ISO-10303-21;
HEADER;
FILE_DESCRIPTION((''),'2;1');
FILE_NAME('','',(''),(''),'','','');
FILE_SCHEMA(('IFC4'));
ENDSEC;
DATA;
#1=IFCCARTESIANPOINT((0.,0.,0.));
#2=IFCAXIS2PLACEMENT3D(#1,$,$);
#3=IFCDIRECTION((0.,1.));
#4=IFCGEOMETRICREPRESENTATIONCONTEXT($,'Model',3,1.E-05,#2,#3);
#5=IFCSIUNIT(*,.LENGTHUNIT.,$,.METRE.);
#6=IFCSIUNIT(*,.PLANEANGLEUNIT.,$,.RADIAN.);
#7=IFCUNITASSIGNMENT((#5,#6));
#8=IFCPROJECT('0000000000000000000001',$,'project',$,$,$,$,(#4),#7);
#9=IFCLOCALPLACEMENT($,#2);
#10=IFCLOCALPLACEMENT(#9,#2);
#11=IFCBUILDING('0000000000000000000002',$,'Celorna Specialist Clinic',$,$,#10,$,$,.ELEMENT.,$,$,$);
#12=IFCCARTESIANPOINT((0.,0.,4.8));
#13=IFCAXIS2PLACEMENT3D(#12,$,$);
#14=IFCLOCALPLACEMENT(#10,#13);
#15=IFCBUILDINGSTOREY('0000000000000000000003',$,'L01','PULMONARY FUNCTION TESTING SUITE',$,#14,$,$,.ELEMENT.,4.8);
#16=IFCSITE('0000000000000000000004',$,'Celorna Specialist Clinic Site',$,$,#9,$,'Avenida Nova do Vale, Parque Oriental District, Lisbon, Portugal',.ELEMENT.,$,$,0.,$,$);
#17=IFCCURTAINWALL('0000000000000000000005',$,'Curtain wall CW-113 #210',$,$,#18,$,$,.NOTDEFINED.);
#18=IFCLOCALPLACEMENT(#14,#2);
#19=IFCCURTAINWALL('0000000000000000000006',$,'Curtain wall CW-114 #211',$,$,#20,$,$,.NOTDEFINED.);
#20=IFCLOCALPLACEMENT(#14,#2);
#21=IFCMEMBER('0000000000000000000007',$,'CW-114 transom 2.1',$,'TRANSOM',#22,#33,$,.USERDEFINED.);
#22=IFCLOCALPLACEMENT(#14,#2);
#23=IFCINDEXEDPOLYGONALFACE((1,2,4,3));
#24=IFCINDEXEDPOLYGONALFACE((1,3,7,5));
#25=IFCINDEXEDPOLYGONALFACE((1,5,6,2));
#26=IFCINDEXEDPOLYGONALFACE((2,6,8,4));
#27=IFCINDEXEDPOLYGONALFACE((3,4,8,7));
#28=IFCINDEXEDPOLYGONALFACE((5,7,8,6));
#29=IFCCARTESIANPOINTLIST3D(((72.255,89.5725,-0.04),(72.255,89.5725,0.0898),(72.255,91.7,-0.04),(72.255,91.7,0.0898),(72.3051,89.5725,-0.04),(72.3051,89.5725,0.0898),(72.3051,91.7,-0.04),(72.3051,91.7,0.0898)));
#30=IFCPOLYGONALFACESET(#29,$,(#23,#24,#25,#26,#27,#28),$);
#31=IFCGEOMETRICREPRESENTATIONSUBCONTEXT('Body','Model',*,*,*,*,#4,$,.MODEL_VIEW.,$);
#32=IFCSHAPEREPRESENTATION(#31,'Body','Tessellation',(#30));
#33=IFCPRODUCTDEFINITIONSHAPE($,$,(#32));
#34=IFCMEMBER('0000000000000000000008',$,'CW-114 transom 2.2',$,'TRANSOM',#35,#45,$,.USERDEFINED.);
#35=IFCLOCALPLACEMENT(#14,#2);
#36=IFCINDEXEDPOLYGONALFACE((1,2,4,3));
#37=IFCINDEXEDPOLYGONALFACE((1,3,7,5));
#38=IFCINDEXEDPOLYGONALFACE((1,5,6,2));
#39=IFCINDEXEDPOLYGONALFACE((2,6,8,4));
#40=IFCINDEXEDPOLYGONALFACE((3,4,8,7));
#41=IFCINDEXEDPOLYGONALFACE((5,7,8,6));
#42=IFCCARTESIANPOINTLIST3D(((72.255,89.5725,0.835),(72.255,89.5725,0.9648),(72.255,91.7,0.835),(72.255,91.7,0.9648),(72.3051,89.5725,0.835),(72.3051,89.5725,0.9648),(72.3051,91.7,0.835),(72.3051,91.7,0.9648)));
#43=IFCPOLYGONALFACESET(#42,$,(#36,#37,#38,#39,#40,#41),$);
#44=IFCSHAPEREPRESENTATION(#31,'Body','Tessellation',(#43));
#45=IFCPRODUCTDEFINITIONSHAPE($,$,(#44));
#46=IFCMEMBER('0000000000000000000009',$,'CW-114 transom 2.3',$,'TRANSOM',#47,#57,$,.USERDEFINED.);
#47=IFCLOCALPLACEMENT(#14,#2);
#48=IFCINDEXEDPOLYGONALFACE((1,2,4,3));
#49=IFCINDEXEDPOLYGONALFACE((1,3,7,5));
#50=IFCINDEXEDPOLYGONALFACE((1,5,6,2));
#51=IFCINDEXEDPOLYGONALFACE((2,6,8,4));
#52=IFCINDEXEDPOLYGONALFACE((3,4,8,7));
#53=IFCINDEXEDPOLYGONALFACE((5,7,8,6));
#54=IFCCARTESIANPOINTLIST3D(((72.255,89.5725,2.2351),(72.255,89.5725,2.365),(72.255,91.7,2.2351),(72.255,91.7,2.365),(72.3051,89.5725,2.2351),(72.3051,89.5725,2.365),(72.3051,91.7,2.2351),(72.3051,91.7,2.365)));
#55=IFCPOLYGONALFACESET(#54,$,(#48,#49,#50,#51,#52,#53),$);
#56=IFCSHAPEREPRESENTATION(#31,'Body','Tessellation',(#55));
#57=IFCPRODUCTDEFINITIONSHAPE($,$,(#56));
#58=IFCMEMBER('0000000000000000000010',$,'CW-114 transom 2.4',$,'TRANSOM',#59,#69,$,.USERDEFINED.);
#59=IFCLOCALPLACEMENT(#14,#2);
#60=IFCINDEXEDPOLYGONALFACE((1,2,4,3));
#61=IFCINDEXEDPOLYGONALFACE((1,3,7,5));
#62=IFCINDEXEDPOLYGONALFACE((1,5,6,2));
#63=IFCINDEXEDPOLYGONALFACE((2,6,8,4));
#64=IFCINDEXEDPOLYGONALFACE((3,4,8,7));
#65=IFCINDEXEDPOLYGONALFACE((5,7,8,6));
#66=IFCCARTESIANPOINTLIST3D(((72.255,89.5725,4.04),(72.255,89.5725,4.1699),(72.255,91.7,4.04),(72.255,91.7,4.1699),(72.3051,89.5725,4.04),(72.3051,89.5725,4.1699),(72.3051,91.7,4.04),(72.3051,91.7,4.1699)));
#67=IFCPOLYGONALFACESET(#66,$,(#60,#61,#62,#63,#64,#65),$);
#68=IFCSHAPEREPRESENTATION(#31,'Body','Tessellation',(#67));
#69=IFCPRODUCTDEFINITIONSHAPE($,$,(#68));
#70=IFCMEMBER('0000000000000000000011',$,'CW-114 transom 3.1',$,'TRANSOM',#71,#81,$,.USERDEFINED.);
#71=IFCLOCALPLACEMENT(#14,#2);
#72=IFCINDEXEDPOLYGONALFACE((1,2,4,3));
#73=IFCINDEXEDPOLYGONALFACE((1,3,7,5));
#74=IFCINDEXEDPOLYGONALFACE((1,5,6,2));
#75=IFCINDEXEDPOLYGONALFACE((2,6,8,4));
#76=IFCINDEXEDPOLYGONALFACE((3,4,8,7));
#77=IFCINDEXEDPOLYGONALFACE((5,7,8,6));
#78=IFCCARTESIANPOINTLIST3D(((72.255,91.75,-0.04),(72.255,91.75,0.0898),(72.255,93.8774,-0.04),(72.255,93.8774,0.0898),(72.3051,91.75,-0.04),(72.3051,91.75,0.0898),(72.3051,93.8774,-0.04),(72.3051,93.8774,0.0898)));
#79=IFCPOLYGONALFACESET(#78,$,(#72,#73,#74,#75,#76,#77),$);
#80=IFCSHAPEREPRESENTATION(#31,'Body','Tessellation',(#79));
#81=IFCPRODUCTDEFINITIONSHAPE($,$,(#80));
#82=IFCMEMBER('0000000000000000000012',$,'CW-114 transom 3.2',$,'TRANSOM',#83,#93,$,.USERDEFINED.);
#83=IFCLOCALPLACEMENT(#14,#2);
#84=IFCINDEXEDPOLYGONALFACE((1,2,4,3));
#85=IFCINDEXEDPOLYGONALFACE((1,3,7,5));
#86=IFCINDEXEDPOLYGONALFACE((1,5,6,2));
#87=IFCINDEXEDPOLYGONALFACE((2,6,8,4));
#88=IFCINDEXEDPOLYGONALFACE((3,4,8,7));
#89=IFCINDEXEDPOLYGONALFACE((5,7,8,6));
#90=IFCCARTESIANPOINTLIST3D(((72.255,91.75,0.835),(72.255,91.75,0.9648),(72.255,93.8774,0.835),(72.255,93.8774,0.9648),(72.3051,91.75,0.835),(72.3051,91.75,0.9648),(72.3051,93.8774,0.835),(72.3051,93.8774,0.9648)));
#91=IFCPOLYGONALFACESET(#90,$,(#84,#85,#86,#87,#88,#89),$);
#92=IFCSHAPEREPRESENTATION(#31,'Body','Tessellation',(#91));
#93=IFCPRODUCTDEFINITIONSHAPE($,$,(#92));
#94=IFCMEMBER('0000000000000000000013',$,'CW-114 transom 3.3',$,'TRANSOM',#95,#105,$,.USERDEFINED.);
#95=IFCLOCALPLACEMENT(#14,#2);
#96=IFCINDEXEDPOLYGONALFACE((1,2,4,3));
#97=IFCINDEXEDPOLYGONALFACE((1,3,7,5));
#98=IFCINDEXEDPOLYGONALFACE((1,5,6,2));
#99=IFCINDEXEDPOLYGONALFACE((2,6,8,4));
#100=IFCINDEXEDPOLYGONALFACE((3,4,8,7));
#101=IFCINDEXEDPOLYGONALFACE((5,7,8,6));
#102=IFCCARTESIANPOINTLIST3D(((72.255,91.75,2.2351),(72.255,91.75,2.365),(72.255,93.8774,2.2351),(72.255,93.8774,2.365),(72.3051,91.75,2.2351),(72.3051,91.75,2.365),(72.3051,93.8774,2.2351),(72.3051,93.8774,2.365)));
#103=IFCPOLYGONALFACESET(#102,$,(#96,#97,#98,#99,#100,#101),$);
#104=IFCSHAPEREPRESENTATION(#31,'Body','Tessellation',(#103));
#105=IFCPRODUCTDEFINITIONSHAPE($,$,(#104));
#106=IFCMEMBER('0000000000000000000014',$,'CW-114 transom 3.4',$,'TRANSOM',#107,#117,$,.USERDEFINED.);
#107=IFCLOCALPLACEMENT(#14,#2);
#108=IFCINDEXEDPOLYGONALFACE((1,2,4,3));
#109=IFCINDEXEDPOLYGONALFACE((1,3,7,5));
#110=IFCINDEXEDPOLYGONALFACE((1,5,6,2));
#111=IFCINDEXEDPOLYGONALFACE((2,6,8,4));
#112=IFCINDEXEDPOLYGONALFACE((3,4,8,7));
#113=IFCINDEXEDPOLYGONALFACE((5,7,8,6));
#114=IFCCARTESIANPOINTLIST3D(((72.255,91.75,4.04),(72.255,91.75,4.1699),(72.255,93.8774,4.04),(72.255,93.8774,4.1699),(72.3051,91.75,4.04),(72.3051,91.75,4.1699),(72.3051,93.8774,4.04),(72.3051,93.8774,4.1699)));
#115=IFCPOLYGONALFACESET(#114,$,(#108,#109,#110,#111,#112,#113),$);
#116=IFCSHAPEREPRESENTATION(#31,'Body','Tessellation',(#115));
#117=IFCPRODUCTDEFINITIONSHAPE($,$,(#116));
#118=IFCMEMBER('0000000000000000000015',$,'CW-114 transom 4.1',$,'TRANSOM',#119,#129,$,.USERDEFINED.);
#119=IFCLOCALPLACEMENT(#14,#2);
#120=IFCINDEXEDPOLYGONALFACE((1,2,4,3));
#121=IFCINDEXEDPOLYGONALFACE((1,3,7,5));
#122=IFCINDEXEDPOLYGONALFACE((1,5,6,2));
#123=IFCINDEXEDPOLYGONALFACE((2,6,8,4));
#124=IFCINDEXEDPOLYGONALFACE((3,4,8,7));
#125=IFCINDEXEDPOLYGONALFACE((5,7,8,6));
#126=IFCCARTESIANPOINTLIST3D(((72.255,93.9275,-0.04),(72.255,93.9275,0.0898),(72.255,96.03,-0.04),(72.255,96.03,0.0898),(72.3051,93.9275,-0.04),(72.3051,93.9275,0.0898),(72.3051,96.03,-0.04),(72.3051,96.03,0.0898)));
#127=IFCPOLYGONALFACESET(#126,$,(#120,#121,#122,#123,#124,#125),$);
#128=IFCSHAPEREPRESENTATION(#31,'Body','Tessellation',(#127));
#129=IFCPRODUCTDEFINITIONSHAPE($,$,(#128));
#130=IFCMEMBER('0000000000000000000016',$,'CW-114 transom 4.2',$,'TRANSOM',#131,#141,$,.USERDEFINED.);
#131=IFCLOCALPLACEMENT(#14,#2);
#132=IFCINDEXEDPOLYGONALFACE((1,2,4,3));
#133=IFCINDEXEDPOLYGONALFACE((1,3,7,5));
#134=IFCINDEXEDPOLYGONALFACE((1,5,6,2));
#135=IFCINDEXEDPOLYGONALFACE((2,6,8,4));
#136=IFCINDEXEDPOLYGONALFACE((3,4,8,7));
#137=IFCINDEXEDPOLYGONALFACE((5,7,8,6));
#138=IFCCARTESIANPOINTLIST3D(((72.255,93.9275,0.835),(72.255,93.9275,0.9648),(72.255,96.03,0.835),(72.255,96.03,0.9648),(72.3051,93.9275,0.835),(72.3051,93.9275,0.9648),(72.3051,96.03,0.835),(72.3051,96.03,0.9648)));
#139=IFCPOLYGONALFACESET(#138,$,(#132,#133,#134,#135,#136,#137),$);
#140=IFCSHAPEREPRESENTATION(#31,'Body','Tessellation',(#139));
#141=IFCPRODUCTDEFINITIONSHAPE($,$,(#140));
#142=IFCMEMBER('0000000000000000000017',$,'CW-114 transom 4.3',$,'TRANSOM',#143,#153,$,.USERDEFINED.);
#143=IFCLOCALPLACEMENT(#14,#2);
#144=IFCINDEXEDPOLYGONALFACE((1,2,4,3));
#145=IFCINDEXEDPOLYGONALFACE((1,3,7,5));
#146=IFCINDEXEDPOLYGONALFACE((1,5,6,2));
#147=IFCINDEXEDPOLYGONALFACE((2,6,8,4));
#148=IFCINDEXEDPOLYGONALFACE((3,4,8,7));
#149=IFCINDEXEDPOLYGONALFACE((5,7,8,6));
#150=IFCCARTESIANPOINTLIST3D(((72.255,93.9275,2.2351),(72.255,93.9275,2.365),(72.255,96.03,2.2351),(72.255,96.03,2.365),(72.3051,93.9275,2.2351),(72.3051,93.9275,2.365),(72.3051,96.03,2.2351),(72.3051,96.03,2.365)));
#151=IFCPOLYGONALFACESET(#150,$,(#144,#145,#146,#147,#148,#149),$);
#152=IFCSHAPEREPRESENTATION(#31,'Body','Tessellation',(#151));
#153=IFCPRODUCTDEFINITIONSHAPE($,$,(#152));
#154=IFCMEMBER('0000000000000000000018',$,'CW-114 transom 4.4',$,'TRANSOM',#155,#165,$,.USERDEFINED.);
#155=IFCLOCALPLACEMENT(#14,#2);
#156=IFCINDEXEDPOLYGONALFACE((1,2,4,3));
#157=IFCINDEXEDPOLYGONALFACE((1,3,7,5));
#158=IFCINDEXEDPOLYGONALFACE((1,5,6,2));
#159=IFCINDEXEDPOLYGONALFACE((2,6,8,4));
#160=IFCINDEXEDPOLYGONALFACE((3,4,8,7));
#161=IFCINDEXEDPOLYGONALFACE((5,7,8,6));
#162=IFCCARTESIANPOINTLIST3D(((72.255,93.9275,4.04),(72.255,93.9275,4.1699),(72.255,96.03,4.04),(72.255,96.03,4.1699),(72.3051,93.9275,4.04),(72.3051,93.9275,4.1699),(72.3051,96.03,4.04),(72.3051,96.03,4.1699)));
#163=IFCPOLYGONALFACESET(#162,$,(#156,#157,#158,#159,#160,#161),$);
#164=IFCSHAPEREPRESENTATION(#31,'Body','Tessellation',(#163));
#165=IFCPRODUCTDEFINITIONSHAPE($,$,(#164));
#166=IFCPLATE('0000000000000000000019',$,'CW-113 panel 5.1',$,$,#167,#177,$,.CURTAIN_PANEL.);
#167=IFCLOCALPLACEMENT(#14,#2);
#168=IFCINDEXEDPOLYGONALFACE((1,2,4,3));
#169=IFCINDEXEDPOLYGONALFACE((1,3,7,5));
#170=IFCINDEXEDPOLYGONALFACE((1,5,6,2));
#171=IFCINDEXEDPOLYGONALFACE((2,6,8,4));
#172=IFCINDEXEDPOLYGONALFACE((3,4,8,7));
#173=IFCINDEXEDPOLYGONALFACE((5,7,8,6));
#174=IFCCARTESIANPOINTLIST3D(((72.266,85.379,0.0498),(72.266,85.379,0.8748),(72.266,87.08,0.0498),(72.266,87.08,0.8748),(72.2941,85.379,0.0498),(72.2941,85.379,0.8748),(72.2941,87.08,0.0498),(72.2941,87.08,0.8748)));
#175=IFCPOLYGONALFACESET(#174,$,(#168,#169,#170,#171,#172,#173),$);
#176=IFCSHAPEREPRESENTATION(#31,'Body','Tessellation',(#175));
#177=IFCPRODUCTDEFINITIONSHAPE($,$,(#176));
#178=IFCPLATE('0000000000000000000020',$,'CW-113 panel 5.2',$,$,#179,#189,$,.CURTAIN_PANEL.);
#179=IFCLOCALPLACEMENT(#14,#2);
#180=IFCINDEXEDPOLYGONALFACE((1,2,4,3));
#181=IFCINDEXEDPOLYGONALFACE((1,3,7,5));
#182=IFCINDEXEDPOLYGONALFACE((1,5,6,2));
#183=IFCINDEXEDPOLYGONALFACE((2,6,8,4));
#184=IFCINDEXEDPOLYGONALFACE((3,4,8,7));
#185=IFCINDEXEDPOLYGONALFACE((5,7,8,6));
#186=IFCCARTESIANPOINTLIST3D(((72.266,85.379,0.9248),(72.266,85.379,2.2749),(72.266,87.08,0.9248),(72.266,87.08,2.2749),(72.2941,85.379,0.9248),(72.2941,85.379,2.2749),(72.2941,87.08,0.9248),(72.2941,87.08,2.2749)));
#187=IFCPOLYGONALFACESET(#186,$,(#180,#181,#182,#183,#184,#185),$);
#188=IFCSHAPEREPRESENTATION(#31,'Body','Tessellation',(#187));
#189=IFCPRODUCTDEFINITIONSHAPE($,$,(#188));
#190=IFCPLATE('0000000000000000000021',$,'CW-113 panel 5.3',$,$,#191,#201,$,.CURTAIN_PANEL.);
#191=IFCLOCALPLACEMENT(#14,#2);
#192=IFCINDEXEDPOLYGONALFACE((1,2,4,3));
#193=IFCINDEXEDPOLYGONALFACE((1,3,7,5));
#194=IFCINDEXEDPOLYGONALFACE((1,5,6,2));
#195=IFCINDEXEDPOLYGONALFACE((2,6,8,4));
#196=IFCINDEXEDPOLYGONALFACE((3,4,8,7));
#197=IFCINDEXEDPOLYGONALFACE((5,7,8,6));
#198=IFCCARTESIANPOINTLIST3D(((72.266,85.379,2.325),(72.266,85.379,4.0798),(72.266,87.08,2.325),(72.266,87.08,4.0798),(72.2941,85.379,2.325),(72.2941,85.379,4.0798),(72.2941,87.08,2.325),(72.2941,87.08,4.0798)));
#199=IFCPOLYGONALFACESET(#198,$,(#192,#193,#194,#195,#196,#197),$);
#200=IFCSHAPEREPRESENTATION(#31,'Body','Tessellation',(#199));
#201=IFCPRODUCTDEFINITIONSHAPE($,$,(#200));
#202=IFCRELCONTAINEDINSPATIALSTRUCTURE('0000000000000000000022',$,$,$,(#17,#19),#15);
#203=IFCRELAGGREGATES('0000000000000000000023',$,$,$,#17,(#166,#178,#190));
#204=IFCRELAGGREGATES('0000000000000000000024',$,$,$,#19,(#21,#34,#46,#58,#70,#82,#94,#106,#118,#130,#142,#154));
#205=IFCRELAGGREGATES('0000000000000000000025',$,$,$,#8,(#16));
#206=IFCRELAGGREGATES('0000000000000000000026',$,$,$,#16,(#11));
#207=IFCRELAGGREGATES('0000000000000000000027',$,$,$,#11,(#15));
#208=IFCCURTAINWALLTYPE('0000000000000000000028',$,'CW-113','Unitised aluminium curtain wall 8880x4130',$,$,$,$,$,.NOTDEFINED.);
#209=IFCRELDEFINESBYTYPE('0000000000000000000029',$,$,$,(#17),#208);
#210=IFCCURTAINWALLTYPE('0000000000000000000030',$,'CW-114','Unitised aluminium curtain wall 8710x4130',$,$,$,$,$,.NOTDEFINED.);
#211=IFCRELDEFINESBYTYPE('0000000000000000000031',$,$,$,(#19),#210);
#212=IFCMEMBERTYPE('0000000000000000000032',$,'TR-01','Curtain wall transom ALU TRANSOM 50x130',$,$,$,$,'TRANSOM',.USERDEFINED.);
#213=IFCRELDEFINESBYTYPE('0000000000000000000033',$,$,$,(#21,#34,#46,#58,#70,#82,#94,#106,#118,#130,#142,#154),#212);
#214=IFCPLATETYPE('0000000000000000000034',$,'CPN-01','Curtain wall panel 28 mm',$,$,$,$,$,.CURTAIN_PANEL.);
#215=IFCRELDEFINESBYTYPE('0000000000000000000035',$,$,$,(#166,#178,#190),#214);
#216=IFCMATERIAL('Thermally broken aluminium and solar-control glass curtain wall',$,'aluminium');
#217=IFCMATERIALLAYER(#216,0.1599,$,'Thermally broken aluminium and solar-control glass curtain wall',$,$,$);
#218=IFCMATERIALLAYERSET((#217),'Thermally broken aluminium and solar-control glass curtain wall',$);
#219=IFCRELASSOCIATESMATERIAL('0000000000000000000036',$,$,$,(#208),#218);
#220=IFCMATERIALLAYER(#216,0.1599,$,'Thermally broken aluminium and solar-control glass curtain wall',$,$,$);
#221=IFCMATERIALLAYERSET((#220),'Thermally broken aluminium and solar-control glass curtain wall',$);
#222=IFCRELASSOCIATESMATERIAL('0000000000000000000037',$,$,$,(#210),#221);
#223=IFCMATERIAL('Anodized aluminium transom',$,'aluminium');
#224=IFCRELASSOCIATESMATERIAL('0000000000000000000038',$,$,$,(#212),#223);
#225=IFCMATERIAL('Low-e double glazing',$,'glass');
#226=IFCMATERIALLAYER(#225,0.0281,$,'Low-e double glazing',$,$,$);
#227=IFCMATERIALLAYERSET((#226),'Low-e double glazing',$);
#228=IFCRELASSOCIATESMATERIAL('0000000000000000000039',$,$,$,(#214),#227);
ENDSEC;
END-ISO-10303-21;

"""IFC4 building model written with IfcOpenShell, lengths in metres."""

from ifc_helpers import new_model, si_unit, direction, frame, origin, origin_2d, place, context, subcontext, project, spatial, rectangle, extrude, material, layer, layer_set, material_profile, profile_set, type_object, element, aggregate, save


model = new_model("IFC4")

# Units and contexts
model_context = context("Model", 3, precision=1e-05, world=origin(), true_north=direction((0.0, 1.0)))
body_context = subcontext(model_context, "Body", "Model", "MODEL_VIEW")
ifc_project = project(units=[si_unit("LENGTHUNIT", "METRE"), si_unit("PLANEANGLEUNIT", "RADIAN")], contexts=[model_context])

# Site, building, storey
site_placement = place(None, origin())
site = spatial("IfcSite", under=ifc_project, at=site_placement, Name="Celorna Specialist Clinic Site", LongName="Avenida Nova do Vale, Parque Oriental District, Lisbon, Portugal", CompositionType="ELEMENT", RefElevation=0.0)
building_placement = place(site_placement, origin())
building = spatial("IfcBuilding", under=site, at=building_placement, Name="Celorna Specialist Clinic", CompositionType="ELEMENT")
storey_placement = place(building_placement, frame((0.0, 0.0, 4.8)))
storey = spatial("IfcBuildingStorey", under=building, at=storey_placement, Name="L01", Description="PULMONARY FUNCTION TESTING SUITE", CompositionType="ELEMENT", Elevation=4.8)

# Curtain wall
ifc_material_1 = material(Name="Thermally broken aluminium and solar-control glass curtain wall", Category="aluminium")
ifc_layer_1 = layer(ifc_material_1, 0.1599, Name="Thermally broken aluminium and solar-control glass curtain wall")
ifc_layer_set_1 = layer_set([ifc_layer_1], Name="Thermally broken aluminium and solar-control glass curtain wall")
curtain_wall_type_1 = type_object("IfcCurtainWallType", Name="CW-113", Description="Unitised aluminium curtain wall 8880x4130", PredefinedType="NOTDEFINED", material=ifc_layer_set_1)
curtain_wall_1_placement = place(storey_placement, origin())
curtain_wall_1 = element("IfcCurtainWall", 1, at=curtain_wall_1_placement, inside=storey, type_object=curtain_wall_type_1, Name="Curtain wall CW-113 #210", PredefinedType="NOTDEFINED")

# Curtain wall
ifc_layer_2 = layer(ifc_material_1, 0.1599, Name="Thermally broken aluminium and solar-control glass curtain wall")
ifc_layer_set_2 = layer_set([ifc_layer_2], Name="Thermally broken aluminium and solar-control glass curtain wall")
curtain_wall_type_2 = type_object("IfcCurtainWallType", Name="CW-114", Description="Unitised aluminium curtain wall 8710x4130", PredefinedType="NOTDEFINED", material=ifc_layer_set_2)
curtain_wall_2_placement = place(storey_placement, origin())
curtain_wall_2 = element("IfcCurtainWall", 2, at=curtain_wall_2_placement, inside=storey, type_object=curtain_wall_type_2, Name="Curtain wall CW-114 #211", PredefinedType="NOTDEFINED")

# Members
ifc_material_2 = material(Name="Anodized aluminium transom", Category="aluminium")
ifc_material_profile_1 = material_profile(ifc_material_2, rectangle(XDim=0.05, YDim=0.1299, at=origin_2d()), Name="ALU TRANSOM 50x130")
ifc_profile_set_1 = profile_set([ifc_material_profile_1], Name="Anodized aluminium transom")
member_type_1 = type_object("IfcMemberType", Name="TR-01", Description="Curtain wall transom ALU TRANSOM 50x130", ElementType="TRANSOM", PredefinedType="USERDEFINED", material=ifc_profile_set_1)
member_1_placement = place(storey_placement, frame((72.28, 89.5725, 0.0249), z_axis=(0.0, 1.0, 0.0), x_axis=(-1.0, 0.0, 0.0)))
member_1 = element("IfcMember", 3, at=member_1_placement, type_object=member_type_1, Name="CW-114 transom 2.1", ObjectType="TRANSOM", PredefinedType="USERDEFINED", context=body_context, shape_type="SweptSolid", body=[
    extrude(rectangle(XDim=0.05, YDim=0.1299, at=origin_2d()), origin(), (0.0, 0.0, 1.0), 2.1274),
])
member_2_placement = place(storey_placement, frame((72.28, 89.5725, 0.8999), z_axis=(0.0, 1.0, 0.0), x_axis=(-1.0, 0.0, 0.0)))
member_2 = element("IfcMember", 4, at=member_2_placement, type_object=member_type_1, Name="CW-114 transom 2.2", ObjectType="TRANSOM", PredefinedType="USERDEFINED", context=body_context, shape_type="SweptSolid", body=[
    extrude(rectangle(XDim=0.05, YDim=0.1299, at=origin_2d()), origin(), (0.0, 0.0, 1.0), 2.1274),
])
member_3_placement = place(storey_placement, frame((72.28, 89.5725, 2.3), z_axis=(0.0, 1.0, 0.0), x_axis=(-1.0, 0.0, 0.0)))
member_3 = element("IfcMember", 5, at=member_3_placement, type_object=member_type_1, Name="CW-114 transom 2.3", ObjectType="TRANSOM", PredefinedType="USERDEFINED", context=body_context, shape_type="SweptSolid", body=[
    extrude(rectangle(XDim=0.05, YDim=0.1299, at=origin_2d()), origin(), (0.0, 0.0, 1.0), 2.1274),
])
member_4_placement = place(storey_placement, frame((72.28, 89.5725, 4.105), z_axis=(0.0, 1.0, 0.0), x_axis=(-1.0, 0.0, 0.0)))
member_4 = element("IfcMember", 6, at=member_4_placement, type_object=member_type_1, Name="CW-114 transom 2.4", ObjectType="TRANSOM", PredefinedType="USERDEFINED", context=body_context, shape_type="SweptSolid", body=[
    extrude(rectangle(XDim=0.05, YDim=0.1299, at=origin_2d()), origin(), (0.0, 0.0, 1.0), 2.1274),
])
member_5_placement = place(storey_placement, frame((72.28, 91.75, 0.0249), z_axis=(0.0, 1.0, 0.0), x_axis=(-1.0, 0.0, 0.0)))
member_5 = element("IfcMember", 7, at=member_5_placement, type_object=member_type_1, Name="CW-114 transom 3.1", ObjectType="TRANSOM", PredefinedType="USERDEFINED", context=body_context, shape_type="SweptSolid", body=[
    extrude(rectangle(XDim=0.05, YDim=0.1299, at=origin_2d()), origin(), (0.0, 0.0, 1.0), 2.1274),
])
member_6_placement = place(storey_placement, frame((72.28, 91.75, 0.8999), z_axis=(0.0, 1.0, 0.0), x_axis=(-1.0, 0.0, 0.0)))
member_6 = element("IfcMember", 8, at=member_6_placement, type_object=member_type_1, Name="CW-114 transom 3.2", ObjectType="TRANSOM", PredefinedType="USERDEFINED", context=body_context, shape_type="SweptSolid", body=[
    extrude(rectangle(XDim=0.05, YDim=0.1299, at=origin_2d()), origin(), (0.0, 0.0, 1.0), 2.1274),
])
member_7_placement = place(storey_placement, frame((72.28, 91.75, 2.3), z_axis=(0.0, 1.0, 0.0), x_axis=(-1.0, 0.0, 0.0)))
member_7 = element("IfcMember", 9, at=member_7_placement, type_object=member_type_1, Name="CW-114 transom 3.3", ObjectType="TRANSOM", PredefinedType="USERDEFINED", context=body_context, shape_type="SweptSolid", body=[
    extrude(rectangle(XDim=0.05, YDim=0.1299, at=origin_2d()), origin(), (0.0, 0.0, 1.0), 2.1274),
])
member_8_placement = place(storey_placement, frame((72.28, 91.75, 4.105), z_axis=(0.0, 1.0, 0.0), x_axis=(-1.0, 0.0, 0.0)))
member_8 = element("IfcMember", 10, at=member_8_placement, type_object=member_type_1, Name="CW-114 transom 3.4", ObjectType="TRANSOM", PredefinedType="USERDEFINED", context=body_context, shape_type="SweptSolid", body=[
    extrude(rectangle(XDim=0.05, YDim=0.1299, at=origin_2d()), origin(), (0.0, 0.0, 1.0), 2.1274),
])
member_9_placement = place(storey_placement, frame((72.28, 93.9275, 0.0249), z_axis=(0.0, 1.0, 0.0), x_axis=(-1.0, 0.0, 0.0)))
member_9 = element("IfcMember", 11, at=member_9_placement, type_object=member_type_1, Name="CW-114 transom 4.1", ObjectType="TRANSOM", PredefinedType="USERDEFINED", context=body_context, shape_type="SweptSolid", body=[
    extrude(rectangle(XDim=0.05, YDim=0.1299, at=origin_2d()), origin(), (0.0, 0.0, 1.0), 2.1025),
])
member_10_placement = place(storey_placement, frame((72.28, 93.9275, 0.8999), z_axis=(0.0, 1.0, 0.0), x_axis=(-1.0, 0.0, 0.0)))
member_10 = element("IfcMember", 12, at=member_10_placement, type_object=member_type_1, Name="CW-114 transom 4.2", ObjectType="TRANSOM", PredefinedType="USERDEFINED", context=body_context, shape_type="SweptSolid", body=[
    extrude(rectangle(XDim=0.05, YDim=0.1299, at=origin_2d()), origin(), (0.0, 0.0, 1.0), 2.1025),
])
member_11_placement = place(storey_placement, frame((72.28, 93.9275, 2.3), z_axis=(0.0, 1.0, 0.0), x_axis=(-1.0, 0.0, 0.0)))
member_11 = element("IfcMember", 13, at=member_11_placement, type_object=member_type_1, Name="CW-114 transom 4.3", ObjectType="TRANSOM", PredefinedType="USERDEFINED", context=body_context, shape_type="SweptSolid", body=[
    extrude(rectangle(XDim=0.05, YDim=0.1299, at=origin_2d()), origin(), (0.0, 0.0, 1.0), 2.1025),
])
member_12_placement = place(storey_placement, frame((72.28, 93.9275, 4.105), z_axis=(0.0, 1.0, 0.0), x_axis=(-1.0, 0.0, 0.0)))
member_12 = element("IfcMember", 14, at=member_12_placement, type_object=member_type_1, Name="CW-114 transom 4.4", ObjectType="TRANSOM", PredefinedType="USERDEFINED", context=body_context, shape_type="SweptSolid", body=[
    extrude(rectangle(XDim=0.05, YDim=0.1299, at=origin_2d()), origin(), (0.0, 0.0, 1.0), 2.1025),
])

# Plates
ifc_material_3 = material(Name="Low-e double glazing", Category="glass")
ifc_layer_3 = layer(ifc_material_3, 0.0281, Name="Low-e double glazing")
ifc_layer_set_3 = layer_set([ifc_layer_3], Name="Low-e double glazing")
plate_type_1 = type_object("IfcPlateType", Name="CPN-01", Description="Curtain wall panel 28 mm", PredefinedType="CURTAIN_PANEL", material=ifc_layer_set_3)
plate_1_placement = place(storey_placement, frame((72.28, 86.2295, 0.0498), z_axis=(0.0, 0.0, 1.0), x_axis=(0.0, 1.0, 0.0)))
plate_1 = element("IfcPlate", 15, at=plate_1_placement, type_object=plate_type_1, Name="CW-113 panel 5.1", PredefinedType="CURTAIN_PANEL", context=body_context, shape_type="SweptSolid", body=[
    extrude(rectangle(XDim=1.7009, YDim=0.0281, at=origin_2d()), origin(), (0.0, 0.0, 1.0), 0.825),
])
plate_2_placement = place(storey_placement, frame((72.28, 86.2295, 0.9248), z_axis=(0.0, 0.0, 1.0), x_axis=(0.0, 1.0, 0.0)))
plate_2 = element("IfcPlate", 16, at=plate_2_placement, type_object=plate_type_1, Name="CW-113 panel 5.2", PredefinedType="CURTAIN_PANEL", context=body_context, shape_type="SweptSolid", body=[
    extrude(rectangle(XDim=1.7009, YDim=0.0281, at=origin_2d()), origin(), (0.0, 0.0, 1.0), 1.3501),
])
plate_3_placement = place(storey_placement, frame((72.28, 86.2295, 2.325), z_axis=(0.0, 0.0, 1.0), x_axis=(0.0, 1.0, 0.0)))
plate_3 = element("IfcPlate", 17, at=plate_3_placement, type_object=plate_type_1, Name="CW-113 panel 5.3", PredefinedType="CURTAIN_PANEL", context=body_context, shape_type="SweptSolid", body=[
    extrude(rectangle(XDim=1.7009, YDim=0.0281, at=origin_2d()), origin(), (0.0, 0.0, 1.0), 1.7549),
])
aggregate(curtain_wall_1, [plate_1, plate_2, plate_3])
aggregate(curtain_wall_2, [member_1, member_2, member_3, member_4, member_5, member_6, member_7, member_8, member_9, member_10, member_11, member_12])

save(model, "model.ifc")
